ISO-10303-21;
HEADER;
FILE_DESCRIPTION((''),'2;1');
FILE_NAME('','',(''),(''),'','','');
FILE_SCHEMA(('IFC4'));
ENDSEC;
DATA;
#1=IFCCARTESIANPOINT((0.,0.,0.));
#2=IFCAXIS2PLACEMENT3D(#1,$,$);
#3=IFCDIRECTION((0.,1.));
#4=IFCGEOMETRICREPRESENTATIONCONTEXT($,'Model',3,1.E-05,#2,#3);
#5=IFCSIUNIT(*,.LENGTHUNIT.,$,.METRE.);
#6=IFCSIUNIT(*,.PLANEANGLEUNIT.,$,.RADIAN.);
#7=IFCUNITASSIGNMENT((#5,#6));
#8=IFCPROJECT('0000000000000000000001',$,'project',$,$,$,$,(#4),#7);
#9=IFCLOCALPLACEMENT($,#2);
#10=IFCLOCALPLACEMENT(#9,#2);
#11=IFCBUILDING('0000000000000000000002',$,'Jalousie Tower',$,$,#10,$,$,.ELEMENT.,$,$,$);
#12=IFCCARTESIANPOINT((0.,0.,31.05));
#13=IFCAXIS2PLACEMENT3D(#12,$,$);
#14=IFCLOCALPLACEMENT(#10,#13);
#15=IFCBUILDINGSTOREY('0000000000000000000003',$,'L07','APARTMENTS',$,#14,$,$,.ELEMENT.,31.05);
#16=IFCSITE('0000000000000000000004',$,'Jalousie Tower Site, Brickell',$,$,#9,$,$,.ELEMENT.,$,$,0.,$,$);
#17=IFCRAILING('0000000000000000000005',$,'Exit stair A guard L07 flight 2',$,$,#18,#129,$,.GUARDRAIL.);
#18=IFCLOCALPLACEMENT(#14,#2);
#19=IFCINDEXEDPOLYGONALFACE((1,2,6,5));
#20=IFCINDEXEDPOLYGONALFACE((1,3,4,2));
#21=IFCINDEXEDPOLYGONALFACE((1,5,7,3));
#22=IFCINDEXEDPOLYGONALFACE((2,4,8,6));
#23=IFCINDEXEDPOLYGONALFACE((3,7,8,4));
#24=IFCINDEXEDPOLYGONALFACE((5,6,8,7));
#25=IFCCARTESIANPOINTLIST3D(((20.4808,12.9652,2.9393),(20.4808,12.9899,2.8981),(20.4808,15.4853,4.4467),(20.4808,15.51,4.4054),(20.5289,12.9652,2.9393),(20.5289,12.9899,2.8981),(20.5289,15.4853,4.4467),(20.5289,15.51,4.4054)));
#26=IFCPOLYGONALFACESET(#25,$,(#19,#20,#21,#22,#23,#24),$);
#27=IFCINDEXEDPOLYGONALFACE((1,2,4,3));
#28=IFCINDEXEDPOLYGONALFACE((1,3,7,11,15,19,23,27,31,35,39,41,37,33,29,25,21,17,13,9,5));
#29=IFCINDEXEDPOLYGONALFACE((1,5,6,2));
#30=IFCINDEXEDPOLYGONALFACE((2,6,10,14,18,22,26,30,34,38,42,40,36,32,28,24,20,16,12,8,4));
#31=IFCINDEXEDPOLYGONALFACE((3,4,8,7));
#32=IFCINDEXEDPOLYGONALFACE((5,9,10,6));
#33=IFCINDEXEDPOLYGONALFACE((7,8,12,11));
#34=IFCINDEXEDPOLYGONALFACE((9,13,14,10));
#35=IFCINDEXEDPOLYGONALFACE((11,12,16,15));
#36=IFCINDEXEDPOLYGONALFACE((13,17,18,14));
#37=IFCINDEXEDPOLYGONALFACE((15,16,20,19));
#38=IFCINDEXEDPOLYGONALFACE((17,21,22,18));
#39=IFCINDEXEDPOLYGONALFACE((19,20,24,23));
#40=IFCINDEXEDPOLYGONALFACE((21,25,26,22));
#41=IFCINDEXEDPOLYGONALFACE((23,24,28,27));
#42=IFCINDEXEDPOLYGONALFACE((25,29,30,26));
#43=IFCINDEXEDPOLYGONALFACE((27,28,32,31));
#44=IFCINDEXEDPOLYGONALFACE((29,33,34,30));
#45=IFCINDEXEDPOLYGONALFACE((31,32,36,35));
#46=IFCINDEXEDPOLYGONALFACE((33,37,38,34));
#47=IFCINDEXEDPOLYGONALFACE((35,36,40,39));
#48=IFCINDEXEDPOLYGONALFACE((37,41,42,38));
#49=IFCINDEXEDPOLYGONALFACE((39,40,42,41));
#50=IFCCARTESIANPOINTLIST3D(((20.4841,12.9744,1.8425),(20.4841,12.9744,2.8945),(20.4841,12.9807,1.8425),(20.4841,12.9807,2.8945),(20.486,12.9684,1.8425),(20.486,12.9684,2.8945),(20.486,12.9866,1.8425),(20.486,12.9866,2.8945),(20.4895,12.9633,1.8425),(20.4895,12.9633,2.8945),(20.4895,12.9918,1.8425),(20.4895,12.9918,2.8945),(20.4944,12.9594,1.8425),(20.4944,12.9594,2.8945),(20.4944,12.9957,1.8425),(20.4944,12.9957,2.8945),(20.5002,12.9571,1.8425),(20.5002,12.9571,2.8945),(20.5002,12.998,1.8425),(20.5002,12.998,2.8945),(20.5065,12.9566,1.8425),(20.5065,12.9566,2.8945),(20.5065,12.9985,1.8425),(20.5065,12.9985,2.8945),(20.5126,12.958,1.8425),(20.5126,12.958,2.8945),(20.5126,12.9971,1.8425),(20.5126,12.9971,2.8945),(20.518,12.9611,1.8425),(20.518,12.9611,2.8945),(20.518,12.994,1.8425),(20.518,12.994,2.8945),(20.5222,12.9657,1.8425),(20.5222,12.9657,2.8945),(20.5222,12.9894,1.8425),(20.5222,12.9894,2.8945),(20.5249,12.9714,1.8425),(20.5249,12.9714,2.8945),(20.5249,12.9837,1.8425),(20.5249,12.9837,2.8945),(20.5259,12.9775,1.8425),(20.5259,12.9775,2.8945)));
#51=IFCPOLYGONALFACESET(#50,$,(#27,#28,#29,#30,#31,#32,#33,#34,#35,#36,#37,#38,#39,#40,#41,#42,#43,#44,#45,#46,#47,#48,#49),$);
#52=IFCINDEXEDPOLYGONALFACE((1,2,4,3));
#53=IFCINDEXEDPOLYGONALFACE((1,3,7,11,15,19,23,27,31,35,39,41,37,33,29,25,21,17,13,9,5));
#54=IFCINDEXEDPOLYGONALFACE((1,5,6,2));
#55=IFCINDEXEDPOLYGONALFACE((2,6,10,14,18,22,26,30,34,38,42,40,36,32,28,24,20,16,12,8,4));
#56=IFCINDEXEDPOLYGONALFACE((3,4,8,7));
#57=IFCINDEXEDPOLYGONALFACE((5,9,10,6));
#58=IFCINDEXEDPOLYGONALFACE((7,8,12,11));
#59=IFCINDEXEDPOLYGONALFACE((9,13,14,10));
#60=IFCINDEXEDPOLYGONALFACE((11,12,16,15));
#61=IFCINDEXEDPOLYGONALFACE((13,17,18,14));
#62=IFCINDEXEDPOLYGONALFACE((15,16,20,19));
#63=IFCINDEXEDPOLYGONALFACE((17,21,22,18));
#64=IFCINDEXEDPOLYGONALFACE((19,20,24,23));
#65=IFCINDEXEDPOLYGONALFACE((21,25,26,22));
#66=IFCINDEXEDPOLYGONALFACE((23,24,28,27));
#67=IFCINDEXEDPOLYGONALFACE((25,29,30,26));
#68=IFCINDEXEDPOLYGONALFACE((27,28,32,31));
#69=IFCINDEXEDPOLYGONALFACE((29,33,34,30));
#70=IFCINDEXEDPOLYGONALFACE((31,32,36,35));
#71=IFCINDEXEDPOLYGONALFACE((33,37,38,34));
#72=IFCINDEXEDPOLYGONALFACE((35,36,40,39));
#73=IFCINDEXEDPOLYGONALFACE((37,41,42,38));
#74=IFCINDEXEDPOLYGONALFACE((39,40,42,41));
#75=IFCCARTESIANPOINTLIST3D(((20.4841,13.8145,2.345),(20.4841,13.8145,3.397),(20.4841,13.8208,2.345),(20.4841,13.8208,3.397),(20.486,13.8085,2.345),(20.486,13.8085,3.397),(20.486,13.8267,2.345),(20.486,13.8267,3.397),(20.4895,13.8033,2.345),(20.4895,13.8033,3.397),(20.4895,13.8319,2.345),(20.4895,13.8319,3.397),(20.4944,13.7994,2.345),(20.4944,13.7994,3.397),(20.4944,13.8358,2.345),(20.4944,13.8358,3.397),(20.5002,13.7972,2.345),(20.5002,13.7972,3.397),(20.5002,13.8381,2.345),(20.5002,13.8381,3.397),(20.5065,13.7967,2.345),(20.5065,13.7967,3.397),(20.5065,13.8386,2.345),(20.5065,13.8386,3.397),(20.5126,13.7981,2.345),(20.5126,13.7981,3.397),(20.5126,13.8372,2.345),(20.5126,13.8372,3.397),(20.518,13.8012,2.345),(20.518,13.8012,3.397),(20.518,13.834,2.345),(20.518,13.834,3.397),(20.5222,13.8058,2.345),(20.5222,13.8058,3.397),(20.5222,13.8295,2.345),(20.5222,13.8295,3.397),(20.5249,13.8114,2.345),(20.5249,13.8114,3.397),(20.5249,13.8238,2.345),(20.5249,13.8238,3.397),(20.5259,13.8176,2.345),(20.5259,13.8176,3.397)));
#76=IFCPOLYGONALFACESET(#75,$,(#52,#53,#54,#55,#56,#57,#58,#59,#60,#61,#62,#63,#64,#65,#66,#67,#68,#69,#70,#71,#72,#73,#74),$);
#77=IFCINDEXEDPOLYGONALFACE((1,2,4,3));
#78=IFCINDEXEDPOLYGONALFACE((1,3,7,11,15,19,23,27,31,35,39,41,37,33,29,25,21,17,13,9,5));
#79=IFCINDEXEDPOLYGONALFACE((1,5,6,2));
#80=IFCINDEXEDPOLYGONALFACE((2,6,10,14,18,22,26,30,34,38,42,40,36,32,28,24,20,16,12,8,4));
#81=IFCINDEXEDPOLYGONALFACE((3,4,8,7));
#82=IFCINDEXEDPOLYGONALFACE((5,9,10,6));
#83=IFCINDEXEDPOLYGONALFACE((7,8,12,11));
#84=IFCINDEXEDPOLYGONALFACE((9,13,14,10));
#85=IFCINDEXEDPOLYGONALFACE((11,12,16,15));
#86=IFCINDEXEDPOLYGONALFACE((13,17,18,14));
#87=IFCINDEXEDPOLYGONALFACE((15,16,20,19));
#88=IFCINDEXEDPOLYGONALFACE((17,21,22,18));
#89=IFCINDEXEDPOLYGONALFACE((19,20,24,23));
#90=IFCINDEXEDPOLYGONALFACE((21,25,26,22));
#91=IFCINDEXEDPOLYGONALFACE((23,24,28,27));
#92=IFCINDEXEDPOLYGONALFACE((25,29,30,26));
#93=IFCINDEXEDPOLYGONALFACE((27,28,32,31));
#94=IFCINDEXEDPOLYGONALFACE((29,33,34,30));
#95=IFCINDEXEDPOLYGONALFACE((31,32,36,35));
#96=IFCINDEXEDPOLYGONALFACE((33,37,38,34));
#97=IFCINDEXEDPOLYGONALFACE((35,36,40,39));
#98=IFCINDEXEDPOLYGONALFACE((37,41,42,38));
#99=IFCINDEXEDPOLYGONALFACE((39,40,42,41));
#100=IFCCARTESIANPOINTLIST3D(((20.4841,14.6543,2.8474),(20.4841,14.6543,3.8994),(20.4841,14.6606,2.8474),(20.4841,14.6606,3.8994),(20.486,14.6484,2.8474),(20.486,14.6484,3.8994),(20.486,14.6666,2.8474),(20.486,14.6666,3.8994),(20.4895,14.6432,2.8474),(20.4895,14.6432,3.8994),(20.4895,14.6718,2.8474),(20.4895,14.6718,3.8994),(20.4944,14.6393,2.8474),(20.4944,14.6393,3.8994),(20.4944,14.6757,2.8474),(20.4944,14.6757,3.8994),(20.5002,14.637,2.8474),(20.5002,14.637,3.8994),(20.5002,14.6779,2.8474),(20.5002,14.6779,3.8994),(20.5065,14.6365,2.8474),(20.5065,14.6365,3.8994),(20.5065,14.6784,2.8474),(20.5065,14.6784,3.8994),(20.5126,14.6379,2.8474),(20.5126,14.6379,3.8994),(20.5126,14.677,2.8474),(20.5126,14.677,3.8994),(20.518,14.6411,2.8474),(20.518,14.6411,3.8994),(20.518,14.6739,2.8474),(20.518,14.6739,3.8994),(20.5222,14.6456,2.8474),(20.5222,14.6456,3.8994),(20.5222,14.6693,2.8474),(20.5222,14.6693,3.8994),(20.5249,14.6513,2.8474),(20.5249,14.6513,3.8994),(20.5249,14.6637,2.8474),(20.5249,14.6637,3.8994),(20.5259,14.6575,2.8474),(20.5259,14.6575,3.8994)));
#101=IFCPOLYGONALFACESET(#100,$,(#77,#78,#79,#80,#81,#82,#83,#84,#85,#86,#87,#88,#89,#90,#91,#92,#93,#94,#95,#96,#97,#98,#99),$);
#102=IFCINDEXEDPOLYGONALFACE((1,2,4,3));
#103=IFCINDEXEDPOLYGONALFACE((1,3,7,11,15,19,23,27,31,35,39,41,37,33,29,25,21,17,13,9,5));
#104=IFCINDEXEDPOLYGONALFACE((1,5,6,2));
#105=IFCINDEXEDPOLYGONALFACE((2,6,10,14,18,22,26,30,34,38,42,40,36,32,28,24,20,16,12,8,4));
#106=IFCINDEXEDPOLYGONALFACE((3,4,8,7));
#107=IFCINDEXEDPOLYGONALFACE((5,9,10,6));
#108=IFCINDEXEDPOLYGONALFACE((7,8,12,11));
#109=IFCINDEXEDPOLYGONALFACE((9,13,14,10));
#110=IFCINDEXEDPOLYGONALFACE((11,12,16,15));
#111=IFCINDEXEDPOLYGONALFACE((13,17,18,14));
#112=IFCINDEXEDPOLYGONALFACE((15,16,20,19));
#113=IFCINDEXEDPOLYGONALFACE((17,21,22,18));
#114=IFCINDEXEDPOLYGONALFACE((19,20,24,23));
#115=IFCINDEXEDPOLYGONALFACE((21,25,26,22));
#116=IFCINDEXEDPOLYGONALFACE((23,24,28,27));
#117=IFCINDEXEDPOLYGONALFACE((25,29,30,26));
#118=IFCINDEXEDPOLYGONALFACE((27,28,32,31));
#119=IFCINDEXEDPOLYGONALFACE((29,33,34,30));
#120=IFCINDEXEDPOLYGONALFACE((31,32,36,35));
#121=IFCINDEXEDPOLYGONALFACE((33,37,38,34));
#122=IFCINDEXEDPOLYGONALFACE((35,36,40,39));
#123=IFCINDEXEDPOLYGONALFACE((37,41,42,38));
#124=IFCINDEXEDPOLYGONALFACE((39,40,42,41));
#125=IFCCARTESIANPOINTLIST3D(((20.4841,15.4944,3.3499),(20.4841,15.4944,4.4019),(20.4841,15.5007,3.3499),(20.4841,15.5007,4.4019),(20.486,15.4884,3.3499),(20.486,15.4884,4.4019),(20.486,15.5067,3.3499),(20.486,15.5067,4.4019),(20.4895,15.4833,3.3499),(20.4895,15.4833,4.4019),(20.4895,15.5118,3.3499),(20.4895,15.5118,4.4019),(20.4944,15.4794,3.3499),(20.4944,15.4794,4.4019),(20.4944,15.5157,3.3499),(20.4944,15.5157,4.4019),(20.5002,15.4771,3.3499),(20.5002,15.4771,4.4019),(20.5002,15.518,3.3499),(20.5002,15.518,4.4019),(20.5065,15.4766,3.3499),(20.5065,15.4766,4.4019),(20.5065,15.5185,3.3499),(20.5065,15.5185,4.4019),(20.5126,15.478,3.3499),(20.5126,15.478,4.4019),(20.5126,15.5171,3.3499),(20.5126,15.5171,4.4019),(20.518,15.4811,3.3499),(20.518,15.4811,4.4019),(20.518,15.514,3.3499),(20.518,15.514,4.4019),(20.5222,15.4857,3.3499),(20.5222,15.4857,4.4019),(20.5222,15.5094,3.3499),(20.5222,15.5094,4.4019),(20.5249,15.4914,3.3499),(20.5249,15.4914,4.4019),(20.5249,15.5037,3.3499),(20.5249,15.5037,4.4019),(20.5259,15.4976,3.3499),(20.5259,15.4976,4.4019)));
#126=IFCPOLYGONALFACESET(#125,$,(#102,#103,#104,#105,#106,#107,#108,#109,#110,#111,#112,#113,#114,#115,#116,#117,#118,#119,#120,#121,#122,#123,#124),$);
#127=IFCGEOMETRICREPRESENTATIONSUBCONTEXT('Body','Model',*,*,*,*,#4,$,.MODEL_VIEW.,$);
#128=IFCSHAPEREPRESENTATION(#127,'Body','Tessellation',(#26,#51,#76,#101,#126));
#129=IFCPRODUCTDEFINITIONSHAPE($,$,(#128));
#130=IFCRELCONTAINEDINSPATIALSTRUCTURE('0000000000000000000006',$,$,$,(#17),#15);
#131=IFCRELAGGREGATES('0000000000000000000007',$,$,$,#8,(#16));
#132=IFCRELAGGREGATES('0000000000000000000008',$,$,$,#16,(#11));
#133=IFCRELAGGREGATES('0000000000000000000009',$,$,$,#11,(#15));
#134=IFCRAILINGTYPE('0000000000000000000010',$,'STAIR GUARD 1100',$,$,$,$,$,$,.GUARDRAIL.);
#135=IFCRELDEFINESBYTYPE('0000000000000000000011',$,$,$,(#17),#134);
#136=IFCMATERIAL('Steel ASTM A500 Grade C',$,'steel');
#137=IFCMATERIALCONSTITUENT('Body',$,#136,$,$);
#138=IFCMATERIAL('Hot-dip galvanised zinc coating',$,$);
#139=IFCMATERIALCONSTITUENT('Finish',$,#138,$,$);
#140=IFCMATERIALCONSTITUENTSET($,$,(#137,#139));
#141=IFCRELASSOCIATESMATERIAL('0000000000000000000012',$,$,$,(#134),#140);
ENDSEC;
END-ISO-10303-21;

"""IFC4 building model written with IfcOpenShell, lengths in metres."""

from ifc_helpers import new_model, si_unit, direction, frame, origin, origin_2d, place, context, subcontext, project, spatial, rectangle, circle, extrude, material, constituent, constituent_set, type_object, element, save


model = new_model("IFC4")

# Units and contexts
model_context = context("Model", 3, precision=1e-05, world=origin(), true_north=direction((0.0, 1.0)))
body_context = subcontext(model_context, "Body", "Model", "MODEL_VIEW")
ifc_project = project(units=[si_unit("LENGTHUNIT", "METRE"), si_unit("PLANEANGLEUNIT", "RADIAN")], contexts=[model_context])

# Site, building, storey
site_placement = place(None, origin())
site = spatial("IfcSite", under=ifc_project, at=site_placement, Name="Jalousie Tower Site, Brickell", CompositionType="ELEMENT", RefElevation=0.0)
building_placement = place(site_placement, origin())
building = spatial("IfcBuilding", under=site, at=building_placement, Name="Jalousie Tower", CompositionType="ELEMENT")
storey_placement = place(building_placement, frame((0.0, 0.0, 31.05)))
storey = spatial("IfcBuildingStorey", under=building, at=storey_placement, Name="L07", Description="APARTMENTS", CompositionType="ELEMENT", Elevation=31.05)

# Railing
ifc_material_1 = material(Name="Steel ASTM A500 Grade C", Category="steel")
ifc_constituent_1 = constituent(ifc_material_1, Name="Body")
ifc_material_2 = material(Name="Hot-dip galvanised zinc coating")
ifc_constituent_2 = constituent(ifc_material_2, Name="Finish")
ifc_constituent_set_1 = constituent_set(constituents=[ifc_constituent_1, ifc_constituent_2])
railing_type_1 = type_object("IfcRailingType", Name="STAIR GUARD 1100", PredefinedType="GUARDRAIL", material=ifc_constituent_set_1)
railing_1_placement = place(storey_placement, frame((20.5049, 12.9775, 1.8425)))
element("IfcRailing", 1, at=railing_1_placement, inside=storey, type_object=railing_type_1, Name="Exit stair A guard L07 flight 2", PredefinedType="GUARDRAIL", context=body_context, shape_type="SweptSolid", body=[
    extrude(rectangle(XDim=0.0481, YDim=0.0481, at=origin_2d()), frame((0.0, 0.0, 1.0762), z_axis=(0.0, 0.858196, 0.513321), x_axis=(-1.0, 0.0, 0.0)), (0.0, 0.0, 1.0), 2.9365),
    extrude(circle(Radius=0.021, at=origin_2d()), origin(), (0.0, 0.0, 1.0), 1.052),
    extrude(circle(Radius=0.021, at=origin_2d()), frame((0.0, 0.8401, 0.5024)), (0.0, 0.0, 1.0), 1.052),
    extrude(circle(Radius=0.021, at=origin_2d()), frame((0.0, 1.6799, 1.0049)), (0.0, 0.0, 1.0), 1.052),
    extrude(circle(Radius=0.021, at=origin_2d()), frame((0.0, 2.52, 1.5073)), (0.0, 0.0, 1.0), 1.052),
])

save(model, "model.ifc")
